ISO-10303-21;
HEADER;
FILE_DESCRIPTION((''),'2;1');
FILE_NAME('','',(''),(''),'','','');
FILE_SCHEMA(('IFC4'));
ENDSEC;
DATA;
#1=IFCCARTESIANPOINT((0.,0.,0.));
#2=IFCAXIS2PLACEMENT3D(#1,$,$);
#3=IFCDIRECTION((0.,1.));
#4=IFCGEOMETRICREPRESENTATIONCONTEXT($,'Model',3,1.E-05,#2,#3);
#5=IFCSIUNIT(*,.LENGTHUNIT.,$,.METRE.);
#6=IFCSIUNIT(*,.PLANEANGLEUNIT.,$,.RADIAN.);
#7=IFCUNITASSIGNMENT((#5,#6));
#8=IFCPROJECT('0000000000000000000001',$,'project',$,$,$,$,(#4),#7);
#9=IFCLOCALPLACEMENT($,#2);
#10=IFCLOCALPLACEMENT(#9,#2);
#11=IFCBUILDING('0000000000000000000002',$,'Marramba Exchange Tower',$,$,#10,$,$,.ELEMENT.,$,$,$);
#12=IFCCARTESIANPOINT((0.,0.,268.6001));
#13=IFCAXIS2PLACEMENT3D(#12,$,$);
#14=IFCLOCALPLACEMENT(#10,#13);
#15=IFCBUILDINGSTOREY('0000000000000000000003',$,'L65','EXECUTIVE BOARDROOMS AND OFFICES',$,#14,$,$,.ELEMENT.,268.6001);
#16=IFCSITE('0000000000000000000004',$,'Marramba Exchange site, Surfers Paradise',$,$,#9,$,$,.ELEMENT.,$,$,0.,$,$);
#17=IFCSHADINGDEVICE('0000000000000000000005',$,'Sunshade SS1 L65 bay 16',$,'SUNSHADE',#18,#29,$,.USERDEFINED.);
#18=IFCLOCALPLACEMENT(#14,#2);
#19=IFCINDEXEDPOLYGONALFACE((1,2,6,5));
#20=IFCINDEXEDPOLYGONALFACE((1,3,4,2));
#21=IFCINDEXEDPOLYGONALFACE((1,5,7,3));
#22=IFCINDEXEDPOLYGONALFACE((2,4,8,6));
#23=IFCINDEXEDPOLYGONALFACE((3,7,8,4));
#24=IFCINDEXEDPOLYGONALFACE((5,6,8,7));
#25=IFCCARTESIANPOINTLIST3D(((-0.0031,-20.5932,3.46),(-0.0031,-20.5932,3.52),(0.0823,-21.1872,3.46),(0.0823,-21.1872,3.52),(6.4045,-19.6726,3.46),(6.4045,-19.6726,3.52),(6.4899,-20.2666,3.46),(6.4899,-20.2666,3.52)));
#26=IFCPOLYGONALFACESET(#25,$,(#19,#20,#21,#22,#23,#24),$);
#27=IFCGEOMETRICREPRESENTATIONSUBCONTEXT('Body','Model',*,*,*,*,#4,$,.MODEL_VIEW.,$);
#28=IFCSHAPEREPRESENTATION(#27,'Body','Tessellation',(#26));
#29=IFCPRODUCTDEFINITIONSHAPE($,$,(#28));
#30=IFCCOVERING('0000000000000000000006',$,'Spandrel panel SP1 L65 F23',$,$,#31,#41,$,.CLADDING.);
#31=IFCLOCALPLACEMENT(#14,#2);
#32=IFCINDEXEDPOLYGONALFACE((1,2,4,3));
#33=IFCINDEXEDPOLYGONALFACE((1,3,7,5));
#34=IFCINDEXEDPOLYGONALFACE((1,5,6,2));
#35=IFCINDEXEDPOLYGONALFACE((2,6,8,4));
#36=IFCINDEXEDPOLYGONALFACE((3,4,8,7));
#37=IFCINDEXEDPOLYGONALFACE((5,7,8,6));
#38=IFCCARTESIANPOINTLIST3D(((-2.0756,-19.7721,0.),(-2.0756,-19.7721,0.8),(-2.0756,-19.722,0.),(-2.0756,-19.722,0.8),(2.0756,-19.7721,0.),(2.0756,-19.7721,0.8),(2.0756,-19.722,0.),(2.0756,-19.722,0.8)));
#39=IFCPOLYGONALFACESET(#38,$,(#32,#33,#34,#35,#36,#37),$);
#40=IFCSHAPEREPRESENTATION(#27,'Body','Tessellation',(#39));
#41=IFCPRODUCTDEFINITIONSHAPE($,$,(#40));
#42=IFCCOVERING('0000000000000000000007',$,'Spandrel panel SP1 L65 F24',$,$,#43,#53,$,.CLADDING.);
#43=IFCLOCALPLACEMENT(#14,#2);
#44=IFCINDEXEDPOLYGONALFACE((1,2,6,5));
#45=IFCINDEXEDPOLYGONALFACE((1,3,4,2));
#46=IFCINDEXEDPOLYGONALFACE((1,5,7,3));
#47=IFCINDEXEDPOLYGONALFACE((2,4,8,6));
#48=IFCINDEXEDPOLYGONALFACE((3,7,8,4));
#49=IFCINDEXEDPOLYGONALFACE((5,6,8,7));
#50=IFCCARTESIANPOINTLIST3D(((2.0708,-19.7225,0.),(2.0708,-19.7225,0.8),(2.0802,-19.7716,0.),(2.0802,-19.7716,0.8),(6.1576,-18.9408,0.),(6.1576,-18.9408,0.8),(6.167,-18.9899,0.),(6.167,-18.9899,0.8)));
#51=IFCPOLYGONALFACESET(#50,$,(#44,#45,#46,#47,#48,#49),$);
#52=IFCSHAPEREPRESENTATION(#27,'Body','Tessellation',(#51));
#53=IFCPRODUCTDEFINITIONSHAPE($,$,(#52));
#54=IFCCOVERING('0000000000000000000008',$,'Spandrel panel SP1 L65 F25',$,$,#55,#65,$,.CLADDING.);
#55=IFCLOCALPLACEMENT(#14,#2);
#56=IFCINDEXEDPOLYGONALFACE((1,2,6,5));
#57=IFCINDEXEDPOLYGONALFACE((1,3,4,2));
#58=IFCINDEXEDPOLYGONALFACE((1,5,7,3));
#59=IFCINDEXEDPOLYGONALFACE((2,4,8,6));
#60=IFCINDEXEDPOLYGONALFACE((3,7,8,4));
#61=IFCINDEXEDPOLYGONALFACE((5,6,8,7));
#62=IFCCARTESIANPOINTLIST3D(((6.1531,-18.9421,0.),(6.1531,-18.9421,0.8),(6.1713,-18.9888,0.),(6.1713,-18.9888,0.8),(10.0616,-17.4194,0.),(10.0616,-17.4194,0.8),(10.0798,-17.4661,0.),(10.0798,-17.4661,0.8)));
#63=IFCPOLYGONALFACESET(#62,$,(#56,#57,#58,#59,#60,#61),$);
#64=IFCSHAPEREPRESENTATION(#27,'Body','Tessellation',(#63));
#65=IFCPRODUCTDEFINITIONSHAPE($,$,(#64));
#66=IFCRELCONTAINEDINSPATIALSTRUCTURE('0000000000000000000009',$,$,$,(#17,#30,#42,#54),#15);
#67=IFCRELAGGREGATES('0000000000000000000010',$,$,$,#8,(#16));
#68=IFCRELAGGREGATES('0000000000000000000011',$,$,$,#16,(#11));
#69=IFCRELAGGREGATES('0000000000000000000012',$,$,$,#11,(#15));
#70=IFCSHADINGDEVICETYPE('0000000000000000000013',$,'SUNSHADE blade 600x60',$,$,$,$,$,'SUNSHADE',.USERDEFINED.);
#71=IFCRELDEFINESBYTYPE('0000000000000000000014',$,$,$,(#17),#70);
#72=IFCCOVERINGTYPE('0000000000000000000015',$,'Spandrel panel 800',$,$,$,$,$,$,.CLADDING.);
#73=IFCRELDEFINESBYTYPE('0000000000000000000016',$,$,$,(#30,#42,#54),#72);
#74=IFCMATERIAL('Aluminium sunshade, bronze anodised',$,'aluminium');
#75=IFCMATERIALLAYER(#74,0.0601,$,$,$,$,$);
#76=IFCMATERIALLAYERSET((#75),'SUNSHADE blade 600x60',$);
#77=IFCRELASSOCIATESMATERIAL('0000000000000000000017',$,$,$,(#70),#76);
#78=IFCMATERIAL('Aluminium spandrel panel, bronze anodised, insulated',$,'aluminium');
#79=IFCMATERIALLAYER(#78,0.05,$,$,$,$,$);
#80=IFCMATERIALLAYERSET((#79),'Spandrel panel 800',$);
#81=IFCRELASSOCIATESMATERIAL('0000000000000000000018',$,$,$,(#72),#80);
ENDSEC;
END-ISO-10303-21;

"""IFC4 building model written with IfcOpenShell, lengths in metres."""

from ifc_helpers import new_model, si_unit, direction, frame, origin, origin_2d, place, context, subcontext, project, spatial, rectangle, extrude, material, layer, layer_set, type_object, element, save


model = new_model("IFC4")

# Units and contexts
model_context = context("Model", 3, precision=1e-05, world=origin(), true_north=direction((0.0, 1.0)))
body_context = subcontext(model_context, "Body", "Model", "MODEL_VIEW")
ifc_project = project(units=[si_unit("LENGTHUNIT", "METRE"), si_unit("PLANEANGLEUNIT", "RADIAN")], contexts=[model_context])

# Site, building, storey
site_placement = place(None, origin())
site = spatial("IfcSite", under=ifc_project, at=site_placement, Name="Marramba Exchange site, Surfers Paradise", CompositionType="ELEMENT", RefElevation=0.0)
building_placement = place(site_placement, origin())
building = spatial("IfcBuilding", under=site, at=building_placement, Name="Marramba Exchange Tower", CompositionType="ELEMENT")
storey_placement = place(building_placement, frame((0.0, 0.0, 268.6001)))
storey = spatial("IfcBuildingStorey", under=building, at=storey_placement, Name="L65", Description="EXECUTIVE BOARDROOMS AND OFFICES", CompositionType="ELEMENT", Elevation=268.6001)

# Shading device
ifc_material_1 = material(Name="Aluminium sunshade, bronze anodised", Category="aluminium")
ifc_layer_1 = layer(ifc_material_1, 0.0601)
ifc_layer_set_1 = layer_set([ifc_layer_1], Name="SUNSHADE blade 600x60")
shading_device_type_1 = type_object("IfcShadingDeviceType", Name="SUNSHADE blade 600x60", ElementType="SUNSHADE", PredefinedType="USERDEFINED", material=ifc_layer_set_1)
shading_device_placement = place(storey_placement, frame((3.2434, -20.4299, 3.46), z_axis=(0.0, 0.0, 1.0), x_axis=(0.989837, 0.14221, 0.0)))
element("IfcShadingDevice", 1, at=shading_device_placement, inside=storey, type_object=shading_device_type_1, Name="Sunshade SS1 L65 bay 16", ObjectType="SUNSHADE", PredefinedType="USERDEFINED", context=body_context, shape_type="SweptSolid", body=[
    extrude(rectangle(XDim=6.4734, YDim=0.6001, at=origin_2d()), origin(), (0.0, 0.0, 1.0), 0.0601),
])

# Coverings
ifc_material_2 = material(Name="Aluminium spandrel panel, bronze anodised, insulated", Category="aluminium")
ifc_layer_2 = layer(ifc_material_2, 0.05)
ifc_layer_set_2 = layer_set([ifc_layer_2], Name="Spandrel panel 800")
covering_type = type_object("IfcCoveringType", Name="Spandrel panel 800", PredefinedType="CLADDING", material=ifc_layer_set_2)
covering_1_placement = place(storey_placement, frame((0.0, -19.7471, 0.0), z_axis=(0.0, 0.0, 1.0), x_axis=(1.0, 0.0, 0.0)))
element("IfcCovering", 2, at=covering_1_placement, inside=storey, type_object=covering_type, Name="Spandrel panel SP1 L65 F23", PredefinedType="CLADDING", context=body_context, shape_type="SweptSolid", body=[
    extrude(rectangle(XDim=4.1511, YDim=0.05, at=origin_2d()), origin(), (0.0, 0.0, 1.0), 0.8),
])
covering_2_placement = place(storey_placement, frame((4.1189, -19.3562, 0.0), z_axis=(0.0, 0.0, 1.0), x_axis=(0.982193, 0.187873, 0.0)))
element("IfcCovering", 3, at=covering_2_placement, inside=storey, type_object=covering_type, Name="Spandrel panel SP1 L65 F24", PredefinedType="CLADDING", context=body_context, shape_type="SweptSolid", body=[
    extrude(rectangle(XDim=4.1609, YDim=0.05, at=origin_2d()), origin(), (0.0, 0.0, 1.0), 0.8),
])
covering_3_placement = place(storey_placement, frame((8.1165, -18.2041, 0.0), z_axis=(0.0, 0.0, 1.0), x_axis=(0.931785, 0.36301, 0.0)))
element("IfcCovering", 4, at=covering_3_placement, inside=storey, type_object=covering_type, Name="Spandrel panel SP1 L65 F25", PredefinedType="CLADDING", context=body_context, shape_type="SweptSolid", body=[
    extrude(rectangle(XDim=4.1946, YDim=0.05, at=origin_2d()), origin(), (0.0, 0.0, 1.0), 0.8),
])

save(model, "model.ifc")
